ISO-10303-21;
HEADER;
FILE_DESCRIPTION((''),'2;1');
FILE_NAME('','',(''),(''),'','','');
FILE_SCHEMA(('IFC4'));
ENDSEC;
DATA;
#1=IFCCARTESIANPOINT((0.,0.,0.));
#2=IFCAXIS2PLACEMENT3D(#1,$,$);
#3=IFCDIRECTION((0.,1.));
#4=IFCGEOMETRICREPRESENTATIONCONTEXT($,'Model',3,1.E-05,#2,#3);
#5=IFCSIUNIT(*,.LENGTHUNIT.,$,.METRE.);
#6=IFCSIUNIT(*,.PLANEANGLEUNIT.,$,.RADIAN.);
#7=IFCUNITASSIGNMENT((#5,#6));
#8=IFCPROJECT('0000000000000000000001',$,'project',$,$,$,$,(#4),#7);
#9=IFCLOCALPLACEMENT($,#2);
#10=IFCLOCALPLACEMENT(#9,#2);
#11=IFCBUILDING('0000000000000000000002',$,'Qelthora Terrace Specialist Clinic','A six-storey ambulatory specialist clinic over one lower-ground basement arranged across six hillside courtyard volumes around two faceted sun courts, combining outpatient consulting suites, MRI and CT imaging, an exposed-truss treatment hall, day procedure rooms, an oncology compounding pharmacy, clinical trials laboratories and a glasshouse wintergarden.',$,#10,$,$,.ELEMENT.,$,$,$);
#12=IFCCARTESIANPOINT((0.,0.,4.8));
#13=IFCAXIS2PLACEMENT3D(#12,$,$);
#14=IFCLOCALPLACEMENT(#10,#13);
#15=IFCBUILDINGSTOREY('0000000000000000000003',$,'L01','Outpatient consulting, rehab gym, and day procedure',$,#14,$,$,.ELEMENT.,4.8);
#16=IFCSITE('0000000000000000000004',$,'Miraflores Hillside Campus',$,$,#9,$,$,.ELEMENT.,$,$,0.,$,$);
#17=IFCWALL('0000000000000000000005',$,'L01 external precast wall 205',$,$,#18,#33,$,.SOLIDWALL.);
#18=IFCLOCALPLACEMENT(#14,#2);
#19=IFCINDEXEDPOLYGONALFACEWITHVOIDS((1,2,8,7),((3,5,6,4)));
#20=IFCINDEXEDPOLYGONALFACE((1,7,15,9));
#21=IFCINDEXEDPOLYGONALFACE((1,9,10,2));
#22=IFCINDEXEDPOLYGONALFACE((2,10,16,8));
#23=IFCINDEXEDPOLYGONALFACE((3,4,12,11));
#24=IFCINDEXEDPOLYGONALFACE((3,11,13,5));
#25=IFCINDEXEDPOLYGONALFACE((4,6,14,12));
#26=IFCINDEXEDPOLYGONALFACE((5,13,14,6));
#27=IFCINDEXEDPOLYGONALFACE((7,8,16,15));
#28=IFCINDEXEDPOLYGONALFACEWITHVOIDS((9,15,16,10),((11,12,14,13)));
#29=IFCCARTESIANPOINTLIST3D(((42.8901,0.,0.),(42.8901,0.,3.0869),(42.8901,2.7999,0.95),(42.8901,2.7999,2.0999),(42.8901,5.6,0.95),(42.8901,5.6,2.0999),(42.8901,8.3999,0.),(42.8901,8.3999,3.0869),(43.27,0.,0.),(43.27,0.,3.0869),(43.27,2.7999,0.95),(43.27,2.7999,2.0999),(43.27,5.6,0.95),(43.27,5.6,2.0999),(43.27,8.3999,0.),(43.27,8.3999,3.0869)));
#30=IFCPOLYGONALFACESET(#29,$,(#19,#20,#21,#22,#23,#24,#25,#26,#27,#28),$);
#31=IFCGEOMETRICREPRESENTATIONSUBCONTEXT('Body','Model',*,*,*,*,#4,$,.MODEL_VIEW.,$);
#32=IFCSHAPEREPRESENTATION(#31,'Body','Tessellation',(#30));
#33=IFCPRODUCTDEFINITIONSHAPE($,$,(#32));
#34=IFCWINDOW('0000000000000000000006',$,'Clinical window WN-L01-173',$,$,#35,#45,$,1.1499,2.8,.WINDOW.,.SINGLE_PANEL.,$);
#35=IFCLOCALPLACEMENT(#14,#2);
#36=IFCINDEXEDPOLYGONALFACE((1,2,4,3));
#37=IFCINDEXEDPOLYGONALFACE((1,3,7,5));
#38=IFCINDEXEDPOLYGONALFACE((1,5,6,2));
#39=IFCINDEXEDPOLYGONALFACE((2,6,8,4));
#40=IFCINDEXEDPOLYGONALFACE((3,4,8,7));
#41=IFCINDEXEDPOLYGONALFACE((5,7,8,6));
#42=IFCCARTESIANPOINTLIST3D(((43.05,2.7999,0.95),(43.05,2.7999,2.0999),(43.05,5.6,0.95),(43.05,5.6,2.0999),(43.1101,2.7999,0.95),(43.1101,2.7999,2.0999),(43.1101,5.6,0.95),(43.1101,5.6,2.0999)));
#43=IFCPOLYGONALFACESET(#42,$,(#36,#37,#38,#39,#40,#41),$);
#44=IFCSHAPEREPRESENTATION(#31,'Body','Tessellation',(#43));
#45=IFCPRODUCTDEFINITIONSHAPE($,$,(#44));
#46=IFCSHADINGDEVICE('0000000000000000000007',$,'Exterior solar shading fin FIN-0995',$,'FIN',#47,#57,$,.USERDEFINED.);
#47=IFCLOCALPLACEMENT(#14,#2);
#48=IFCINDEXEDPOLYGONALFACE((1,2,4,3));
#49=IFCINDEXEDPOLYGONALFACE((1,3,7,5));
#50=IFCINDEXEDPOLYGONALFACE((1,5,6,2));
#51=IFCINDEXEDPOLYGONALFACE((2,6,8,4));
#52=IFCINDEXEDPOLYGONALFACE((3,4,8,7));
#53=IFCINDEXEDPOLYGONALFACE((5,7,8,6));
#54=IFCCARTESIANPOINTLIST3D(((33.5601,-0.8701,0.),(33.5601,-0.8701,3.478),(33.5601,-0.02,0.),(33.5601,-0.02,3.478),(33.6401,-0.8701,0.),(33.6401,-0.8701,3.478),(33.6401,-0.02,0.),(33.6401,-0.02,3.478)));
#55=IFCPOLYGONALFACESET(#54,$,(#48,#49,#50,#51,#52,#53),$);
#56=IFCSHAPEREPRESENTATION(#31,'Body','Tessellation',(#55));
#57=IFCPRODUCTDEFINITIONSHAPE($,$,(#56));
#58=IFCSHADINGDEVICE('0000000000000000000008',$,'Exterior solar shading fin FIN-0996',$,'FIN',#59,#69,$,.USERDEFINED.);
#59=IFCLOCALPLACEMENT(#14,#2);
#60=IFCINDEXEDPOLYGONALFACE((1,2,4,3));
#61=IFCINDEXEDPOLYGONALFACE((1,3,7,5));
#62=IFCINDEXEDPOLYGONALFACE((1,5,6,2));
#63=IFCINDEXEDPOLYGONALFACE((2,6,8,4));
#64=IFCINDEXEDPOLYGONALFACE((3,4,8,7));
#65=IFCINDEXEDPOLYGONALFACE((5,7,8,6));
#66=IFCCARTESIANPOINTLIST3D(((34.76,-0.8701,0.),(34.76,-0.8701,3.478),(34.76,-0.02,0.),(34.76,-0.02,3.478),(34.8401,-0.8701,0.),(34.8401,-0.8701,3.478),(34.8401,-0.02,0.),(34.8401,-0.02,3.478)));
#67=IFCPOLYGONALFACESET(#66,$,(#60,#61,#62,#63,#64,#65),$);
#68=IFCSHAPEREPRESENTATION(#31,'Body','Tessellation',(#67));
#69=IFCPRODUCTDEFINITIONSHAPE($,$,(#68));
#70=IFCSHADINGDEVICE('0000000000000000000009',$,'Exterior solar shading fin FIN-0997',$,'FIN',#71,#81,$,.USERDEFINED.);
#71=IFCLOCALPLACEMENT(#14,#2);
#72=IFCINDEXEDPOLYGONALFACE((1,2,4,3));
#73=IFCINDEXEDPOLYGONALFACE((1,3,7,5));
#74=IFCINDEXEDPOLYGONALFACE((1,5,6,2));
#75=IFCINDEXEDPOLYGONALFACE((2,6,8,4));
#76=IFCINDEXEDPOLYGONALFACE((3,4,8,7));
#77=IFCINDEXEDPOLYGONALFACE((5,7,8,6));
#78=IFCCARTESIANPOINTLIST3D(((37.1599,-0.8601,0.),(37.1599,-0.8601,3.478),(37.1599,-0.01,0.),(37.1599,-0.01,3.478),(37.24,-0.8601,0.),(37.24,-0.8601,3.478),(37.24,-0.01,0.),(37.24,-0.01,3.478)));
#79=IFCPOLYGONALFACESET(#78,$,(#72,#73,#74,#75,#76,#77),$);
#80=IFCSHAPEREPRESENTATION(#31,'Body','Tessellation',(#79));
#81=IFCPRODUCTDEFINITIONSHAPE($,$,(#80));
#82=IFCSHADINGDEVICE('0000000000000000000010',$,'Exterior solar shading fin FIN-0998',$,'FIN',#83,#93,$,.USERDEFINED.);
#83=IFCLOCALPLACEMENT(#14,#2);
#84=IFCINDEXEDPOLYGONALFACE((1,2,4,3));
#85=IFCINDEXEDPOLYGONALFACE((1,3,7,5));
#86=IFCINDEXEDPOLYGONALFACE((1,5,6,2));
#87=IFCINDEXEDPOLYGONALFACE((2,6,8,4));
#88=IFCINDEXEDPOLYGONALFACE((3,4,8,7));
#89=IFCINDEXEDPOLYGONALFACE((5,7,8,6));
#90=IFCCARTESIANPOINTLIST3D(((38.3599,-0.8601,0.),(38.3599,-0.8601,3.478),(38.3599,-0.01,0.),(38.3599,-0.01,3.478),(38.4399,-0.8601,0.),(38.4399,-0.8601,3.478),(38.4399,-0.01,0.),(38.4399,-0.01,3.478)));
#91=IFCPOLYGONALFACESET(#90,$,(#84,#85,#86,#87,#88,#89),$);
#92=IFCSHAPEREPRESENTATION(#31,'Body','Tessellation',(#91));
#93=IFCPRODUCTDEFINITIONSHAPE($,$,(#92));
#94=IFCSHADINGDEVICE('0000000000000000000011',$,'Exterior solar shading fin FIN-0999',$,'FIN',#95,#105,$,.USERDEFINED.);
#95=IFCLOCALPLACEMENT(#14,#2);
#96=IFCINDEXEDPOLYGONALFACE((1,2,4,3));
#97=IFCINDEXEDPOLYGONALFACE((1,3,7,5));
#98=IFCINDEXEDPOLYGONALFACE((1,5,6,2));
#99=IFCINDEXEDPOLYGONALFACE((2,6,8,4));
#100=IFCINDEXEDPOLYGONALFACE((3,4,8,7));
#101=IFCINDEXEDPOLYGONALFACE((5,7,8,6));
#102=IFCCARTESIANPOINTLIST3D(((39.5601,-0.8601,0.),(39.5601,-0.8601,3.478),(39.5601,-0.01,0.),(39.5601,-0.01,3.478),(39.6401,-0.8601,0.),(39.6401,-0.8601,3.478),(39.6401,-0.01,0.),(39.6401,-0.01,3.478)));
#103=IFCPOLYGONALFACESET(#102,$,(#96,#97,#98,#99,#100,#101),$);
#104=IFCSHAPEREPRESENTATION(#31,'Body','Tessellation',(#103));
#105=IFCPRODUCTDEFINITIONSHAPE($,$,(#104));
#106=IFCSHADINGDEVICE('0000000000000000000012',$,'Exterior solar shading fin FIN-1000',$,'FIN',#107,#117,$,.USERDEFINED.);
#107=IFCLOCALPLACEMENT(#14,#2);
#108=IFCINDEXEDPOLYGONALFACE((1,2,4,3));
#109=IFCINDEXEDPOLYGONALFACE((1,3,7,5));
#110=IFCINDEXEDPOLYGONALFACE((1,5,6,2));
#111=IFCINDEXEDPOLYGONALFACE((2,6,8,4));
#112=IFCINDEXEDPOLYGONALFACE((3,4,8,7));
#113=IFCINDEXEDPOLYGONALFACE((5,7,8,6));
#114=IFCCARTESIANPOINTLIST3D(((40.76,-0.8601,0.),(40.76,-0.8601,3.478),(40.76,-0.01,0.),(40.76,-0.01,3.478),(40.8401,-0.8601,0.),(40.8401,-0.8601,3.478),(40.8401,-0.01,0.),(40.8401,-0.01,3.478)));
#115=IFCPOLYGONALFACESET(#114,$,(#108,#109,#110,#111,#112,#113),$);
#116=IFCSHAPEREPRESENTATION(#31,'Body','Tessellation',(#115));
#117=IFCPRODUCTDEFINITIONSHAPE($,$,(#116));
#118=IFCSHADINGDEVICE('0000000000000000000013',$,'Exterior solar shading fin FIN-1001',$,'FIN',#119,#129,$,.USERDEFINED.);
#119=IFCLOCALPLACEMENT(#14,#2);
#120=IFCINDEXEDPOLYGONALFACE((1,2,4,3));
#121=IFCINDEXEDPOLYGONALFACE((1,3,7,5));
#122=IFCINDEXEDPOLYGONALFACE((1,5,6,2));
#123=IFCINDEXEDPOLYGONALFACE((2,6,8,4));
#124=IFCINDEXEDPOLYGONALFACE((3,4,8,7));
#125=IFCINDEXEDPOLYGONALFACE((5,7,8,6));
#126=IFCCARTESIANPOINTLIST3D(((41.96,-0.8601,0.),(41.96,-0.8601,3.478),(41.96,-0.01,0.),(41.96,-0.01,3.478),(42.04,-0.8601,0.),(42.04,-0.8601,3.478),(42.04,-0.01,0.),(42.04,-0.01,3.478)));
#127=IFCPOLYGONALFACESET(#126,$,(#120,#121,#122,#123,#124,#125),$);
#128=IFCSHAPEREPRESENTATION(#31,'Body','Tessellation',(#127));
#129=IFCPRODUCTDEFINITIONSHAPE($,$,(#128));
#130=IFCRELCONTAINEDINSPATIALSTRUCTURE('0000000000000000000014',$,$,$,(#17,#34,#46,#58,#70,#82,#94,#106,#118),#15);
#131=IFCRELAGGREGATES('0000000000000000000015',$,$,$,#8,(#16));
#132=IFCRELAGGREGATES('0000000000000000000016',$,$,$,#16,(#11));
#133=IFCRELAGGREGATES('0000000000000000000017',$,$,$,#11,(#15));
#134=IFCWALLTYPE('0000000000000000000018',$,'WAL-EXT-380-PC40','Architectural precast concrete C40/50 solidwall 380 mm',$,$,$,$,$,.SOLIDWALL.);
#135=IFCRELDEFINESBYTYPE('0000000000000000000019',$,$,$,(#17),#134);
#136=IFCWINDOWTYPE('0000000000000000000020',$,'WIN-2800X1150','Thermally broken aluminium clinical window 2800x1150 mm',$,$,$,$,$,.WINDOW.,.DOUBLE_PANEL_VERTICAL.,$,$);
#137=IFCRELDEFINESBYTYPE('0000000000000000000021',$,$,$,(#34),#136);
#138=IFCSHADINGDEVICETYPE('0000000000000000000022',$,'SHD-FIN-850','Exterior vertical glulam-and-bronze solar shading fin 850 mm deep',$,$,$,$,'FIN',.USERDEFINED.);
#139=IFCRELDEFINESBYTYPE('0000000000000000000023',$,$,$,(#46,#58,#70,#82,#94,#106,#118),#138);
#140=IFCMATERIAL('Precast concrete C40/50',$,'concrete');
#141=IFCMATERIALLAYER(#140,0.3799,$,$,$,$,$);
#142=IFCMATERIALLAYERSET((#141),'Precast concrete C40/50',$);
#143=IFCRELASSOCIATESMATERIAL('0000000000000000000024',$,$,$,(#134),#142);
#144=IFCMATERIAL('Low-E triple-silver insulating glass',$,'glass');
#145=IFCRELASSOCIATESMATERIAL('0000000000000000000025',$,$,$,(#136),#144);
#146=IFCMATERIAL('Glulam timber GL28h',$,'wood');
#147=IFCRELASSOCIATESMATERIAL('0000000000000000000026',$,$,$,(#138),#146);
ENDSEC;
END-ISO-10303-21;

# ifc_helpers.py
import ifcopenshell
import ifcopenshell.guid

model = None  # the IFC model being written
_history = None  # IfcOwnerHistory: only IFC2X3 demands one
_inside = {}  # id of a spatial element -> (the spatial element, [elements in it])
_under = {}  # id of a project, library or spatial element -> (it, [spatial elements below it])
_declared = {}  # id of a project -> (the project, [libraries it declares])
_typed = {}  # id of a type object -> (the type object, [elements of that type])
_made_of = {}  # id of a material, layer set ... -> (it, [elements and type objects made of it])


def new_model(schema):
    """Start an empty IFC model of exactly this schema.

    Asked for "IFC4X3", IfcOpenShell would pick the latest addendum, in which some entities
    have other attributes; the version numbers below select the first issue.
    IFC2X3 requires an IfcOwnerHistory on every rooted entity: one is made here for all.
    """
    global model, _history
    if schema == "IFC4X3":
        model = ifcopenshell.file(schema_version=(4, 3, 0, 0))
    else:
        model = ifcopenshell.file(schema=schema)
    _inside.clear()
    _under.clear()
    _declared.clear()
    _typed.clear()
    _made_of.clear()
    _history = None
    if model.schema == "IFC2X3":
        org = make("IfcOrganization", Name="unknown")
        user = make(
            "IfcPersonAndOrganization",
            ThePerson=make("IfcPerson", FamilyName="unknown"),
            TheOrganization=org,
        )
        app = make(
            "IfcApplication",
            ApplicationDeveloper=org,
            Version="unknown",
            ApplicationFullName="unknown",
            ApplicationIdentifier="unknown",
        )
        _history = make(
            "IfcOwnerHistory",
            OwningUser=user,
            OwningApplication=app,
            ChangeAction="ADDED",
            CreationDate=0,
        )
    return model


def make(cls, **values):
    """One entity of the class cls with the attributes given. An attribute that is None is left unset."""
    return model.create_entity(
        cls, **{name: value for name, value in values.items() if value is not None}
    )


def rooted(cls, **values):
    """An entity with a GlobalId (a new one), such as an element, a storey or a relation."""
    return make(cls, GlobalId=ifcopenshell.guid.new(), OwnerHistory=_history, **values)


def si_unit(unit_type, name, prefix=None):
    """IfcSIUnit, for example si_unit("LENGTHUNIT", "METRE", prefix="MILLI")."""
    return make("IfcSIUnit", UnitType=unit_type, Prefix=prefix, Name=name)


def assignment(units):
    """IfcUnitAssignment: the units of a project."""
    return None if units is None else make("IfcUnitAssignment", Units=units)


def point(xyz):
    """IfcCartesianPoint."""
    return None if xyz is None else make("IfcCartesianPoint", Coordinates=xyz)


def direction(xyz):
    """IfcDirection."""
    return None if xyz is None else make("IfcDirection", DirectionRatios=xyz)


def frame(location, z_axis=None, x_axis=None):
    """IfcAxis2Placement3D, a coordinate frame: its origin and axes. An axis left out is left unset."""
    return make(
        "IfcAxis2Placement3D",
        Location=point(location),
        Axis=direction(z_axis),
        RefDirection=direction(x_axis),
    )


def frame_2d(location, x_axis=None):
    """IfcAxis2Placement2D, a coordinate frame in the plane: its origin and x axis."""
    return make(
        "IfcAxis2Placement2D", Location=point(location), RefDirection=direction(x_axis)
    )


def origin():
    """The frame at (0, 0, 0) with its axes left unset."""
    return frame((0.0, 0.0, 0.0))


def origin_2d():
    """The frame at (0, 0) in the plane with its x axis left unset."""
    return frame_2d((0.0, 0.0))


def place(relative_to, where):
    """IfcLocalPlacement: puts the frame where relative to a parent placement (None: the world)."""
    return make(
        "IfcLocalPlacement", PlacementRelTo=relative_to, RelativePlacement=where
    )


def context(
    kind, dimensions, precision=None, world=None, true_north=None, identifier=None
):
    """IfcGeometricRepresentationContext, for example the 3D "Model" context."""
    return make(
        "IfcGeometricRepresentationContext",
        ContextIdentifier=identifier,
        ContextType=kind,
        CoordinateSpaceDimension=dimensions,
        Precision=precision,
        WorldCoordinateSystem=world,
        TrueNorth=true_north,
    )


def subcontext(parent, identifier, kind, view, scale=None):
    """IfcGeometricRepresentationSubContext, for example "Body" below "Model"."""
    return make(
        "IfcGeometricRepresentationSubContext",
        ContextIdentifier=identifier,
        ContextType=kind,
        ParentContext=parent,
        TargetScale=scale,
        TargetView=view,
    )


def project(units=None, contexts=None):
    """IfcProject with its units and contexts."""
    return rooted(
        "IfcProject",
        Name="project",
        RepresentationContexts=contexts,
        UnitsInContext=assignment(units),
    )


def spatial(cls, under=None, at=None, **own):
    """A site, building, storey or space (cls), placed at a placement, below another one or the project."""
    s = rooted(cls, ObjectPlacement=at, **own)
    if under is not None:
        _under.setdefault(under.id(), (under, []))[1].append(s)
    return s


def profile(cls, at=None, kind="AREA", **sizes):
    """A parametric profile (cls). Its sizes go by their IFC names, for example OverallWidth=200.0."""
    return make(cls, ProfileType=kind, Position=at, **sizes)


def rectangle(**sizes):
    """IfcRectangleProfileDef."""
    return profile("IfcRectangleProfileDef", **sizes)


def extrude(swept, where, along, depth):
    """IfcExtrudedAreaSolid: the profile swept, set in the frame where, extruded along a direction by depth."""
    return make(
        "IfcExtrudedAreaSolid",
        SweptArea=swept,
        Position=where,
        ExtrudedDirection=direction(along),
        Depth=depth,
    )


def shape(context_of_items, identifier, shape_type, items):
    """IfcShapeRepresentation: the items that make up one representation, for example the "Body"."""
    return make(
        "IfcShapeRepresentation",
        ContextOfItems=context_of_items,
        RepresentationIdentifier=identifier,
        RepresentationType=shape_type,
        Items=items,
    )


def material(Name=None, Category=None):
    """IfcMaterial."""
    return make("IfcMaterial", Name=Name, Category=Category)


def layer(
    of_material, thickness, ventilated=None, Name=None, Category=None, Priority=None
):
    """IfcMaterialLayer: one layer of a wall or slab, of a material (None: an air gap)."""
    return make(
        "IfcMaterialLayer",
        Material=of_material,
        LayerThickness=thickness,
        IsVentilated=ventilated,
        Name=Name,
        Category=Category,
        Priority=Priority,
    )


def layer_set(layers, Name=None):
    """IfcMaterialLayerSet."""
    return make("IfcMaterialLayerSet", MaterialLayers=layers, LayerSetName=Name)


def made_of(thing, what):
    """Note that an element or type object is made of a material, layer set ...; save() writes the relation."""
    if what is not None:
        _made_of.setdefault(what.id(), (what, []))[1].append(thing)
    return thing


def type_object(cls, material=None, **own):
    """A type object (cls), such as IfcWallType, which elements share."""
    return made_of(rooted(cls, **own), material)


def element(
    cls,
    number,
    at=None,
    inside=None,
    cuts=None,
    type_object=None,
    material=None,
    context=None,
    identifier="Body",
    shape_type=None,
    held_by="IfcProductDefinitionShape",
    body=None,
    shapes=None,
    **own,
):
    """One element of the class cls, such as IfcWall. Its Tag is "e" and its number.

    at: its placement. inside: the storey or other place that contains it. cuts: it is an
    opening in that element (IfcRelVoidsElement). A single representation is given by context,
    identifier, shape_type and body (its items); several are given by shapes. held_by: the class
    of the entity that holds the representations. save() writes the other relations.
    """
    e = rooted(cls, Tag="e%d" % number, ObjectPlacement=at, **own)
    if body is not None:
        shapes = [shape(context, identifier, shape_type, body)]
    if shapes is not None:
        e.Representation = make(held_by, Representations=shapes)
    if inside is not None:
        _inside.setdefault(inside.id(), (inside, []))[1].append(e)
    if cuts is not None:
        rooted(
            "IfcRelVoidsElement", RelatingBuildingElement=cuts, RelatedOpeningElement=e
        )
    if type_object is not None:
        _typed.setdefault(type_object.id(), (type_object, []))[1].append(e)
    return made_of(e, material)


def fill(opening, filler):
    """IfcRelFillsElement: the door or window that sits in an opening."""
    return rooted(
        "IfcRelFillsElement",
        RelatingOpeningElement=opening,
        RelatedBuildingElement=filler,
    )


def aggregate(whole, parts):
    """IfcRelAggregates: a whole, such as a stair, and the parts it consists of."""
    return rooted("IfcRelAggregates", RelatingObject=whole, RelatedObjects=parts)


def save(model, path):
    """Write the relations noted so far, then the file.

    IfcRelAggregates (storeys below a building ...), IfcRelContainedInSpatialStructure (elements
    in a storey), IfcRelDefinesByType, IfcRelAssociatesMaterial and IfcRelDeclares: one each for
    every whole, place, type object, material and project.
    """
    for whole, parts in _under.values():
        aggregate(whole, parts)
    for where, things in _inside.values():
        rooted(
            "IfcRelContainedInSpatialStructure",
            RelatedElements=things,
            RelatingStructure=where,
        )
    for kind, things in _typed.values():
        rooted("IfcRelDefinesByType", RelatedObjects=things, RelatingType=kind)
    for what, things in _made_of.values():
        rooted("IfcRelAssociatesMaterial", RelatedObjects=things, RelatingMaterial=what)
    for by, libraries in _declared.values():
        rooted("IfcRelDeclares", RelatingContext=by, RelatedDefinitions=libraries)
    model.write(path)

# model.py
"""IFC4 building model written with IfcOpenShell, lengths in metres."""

from ifc_helpers import new_model, si_unit, direction, frame, frame_2d, origin, origin_2d, place, context, subcontext, project, spatial, rectangle, extrude, material, layer, layer_set, type_object, element, fill, save


model = new_model("IFC4")

# Units and contexts
model_context = context("Model", 3, precision=1e-05, world=origin(), true_north=direction((0.0, 1.0)))
body_context = subcontext(model_context, "Body", "Model", "MODEL_VIEW")
ifc_project = project(units=[si_unit("LENGTHUNIT", "METRE"), si_unit("PLANEANGLEUNIT", "RADIAN")], contexts=[model_context])

# Site, building, storey
site_placement = place(None, origin())
site = spatial("IfcSite", under=ifc_project, at=site_placement, Name="Miraflores Hillside Campus", CompositionType="ELEMENT", RefElevation=0.0)
building_placement = place(site_placement, origin())
building = spatial("IfcBuilding", under=site, at=building_placement, Name="Qelthora Terrace Specialist Clinic", Description="A six-storey ambulatory specialist clinic over one lower-ground basement arranged across six hillside courtyard volumes around two faceted sun courts, combining outpatient consulting suites, MRI and CT imaging, an exposed-truss treatment hall, day procedure rooms, an oncology compounding pharmacy, clinical trials laboratories and a glasshouse wintergarden.", CompositionType="ELEMENT")
storey_placement = place(building_placement, frame((0.0, 0.0, 4.8)))
storey = spatial("IfcBuildingStorey", under=building, at=storey_placement, Name="L01", Description="Outpatient consulting, rehab gym, and day procedure", CompositionType="ELEMENT", Elevation=4.8)

# Wall, opening, window
ifc_material_1 = material(Name="Precast concrete C40/50", Category="concrete")
ifc_material_2 = material(Name="Low-E triple-silver insulating glass", Category="glass")
ifc_layer_1 = layer(ifc_material_1, 0.3799)
ifc_layer_set_1 = layer_set([ifc_layer_1], Name="Precast concrete C40/50")
wall_type_1 = type_object("IfcWallType", Name="WAL-EXT-380-PC40", Description="Architectural precast concrete C40/50 solidwall 380 mm", PredefinedType="SOLIDWALL", material=ifc_layer_set_1)
wall_1_placement = place(storey_placement, frame((43.0801, 0.0, 0.0), z_axis=(0.0, 0.0, 1.0), x_axis=(0.0, 1.0, 0.0)))
wall_1 = element("IfcWall", 1, at=wall_1_placement, inside=storey, type_object=wall_type_1, Name="L01 external precast wall 205", PredefinedType="SOLIDWALL", context=body_context, shape_type="SweptSolid", body=[
    extrude(rectangle(XDim=8.3999, YDim=0.3799, at=frame_2d((4.2, 0.0))), origin(), (0.0, 0.0, 1.0), 3.0869),
])
opening_1_placement = place(wall_1_placement, frame((2.8, 0.0, 0.95)))
opening_1 = element("IfcOpeningElement", 2, at=opening_1_placement, cuts=wall_1, PredefinedType="OPENING", context=body_context, shape_type="SweptSolid", body=[
    extrude(rectangle(XDim=2.8, YDim=1.1499, at=frame_2d((1.3999, 0.575))), frame((0.0, 0.2, 0.0), z_axis=(0.0, -1.0, 0.0), x_axis=(1.0, 0.0, 0.0)), (0.0, 0.0, 1.0), 0.3999),
])
window_type_1 = type_object("IfcWindowType", Name="WIN-2800X1150", Description="Thermally broken aluminium clinical window 2800x1150 mm", PartitioningType="DOUBLE_PANEL_VERTICAL", PredefinedType="WINDOW", material=ifc_material_2)
window_1_placement = place(opening_1_placement, origin())
window_1 = element("IfcWindow", 3, at=window_1_placement, inside=storey, type_object=window_type_1, Name="Clinical window WN-L01-173", OverallHeight=1.1499, OverallWidth=2.8, PartitioningType="SINGLE_PANEL", PredefinedType="WINDOW", context=body_context, shape_type="SweptSolid", body=[
    extrude(rectangle(XDim=2.8, YDim=1.1499, at=frame_2d((1.3999, 0.575))), frame((0.0, 0.03, 0.0), z_axis=(0.0, -1.0, 0.0), x_axis=(1.0, 0.0, 0.0)), (0.0, 0.0, 1.0), 0.0601),
])
fill(opening_1, window_1)

# Shading devices
ifc_material_3 = material(Name="Glulam timber GL28h", Category="wood")
shading_device_type = type_object("IfcShadingDeviceType", Name="SHD-FIN-850", Description="Exterior vertical glulam-and-bronze solar shading fin 850 mm deep", ElementType="FIN", PredefinedType="USERDEFINED", material=ifc_material_3)
for number, where, z_axis, x_axis, name in (
    (4, (33.6001, -0.4451, 0.0), (0.0, 0.0, 1.0), (0.0, -1.0, 0.0), "Exterior solar shading fin FIN-0995"),
    (5, (34.8, -0.4451, 0.0), (0.0, 0.0, 1.0), (0.0, -1.0, 0.0), "Exterior solar shading fin FIN-0996"),
    (6, (37.2, -0.4351, 0.0), (0.0, 0.0, 1.0), (0.0, -1.0, 0.0), "Exterior solar shading fin FIN-0997"),
    (7, (38.3999, -0.4351, 0.0), (0.0, 0.0, 1.0), (0.0, -1.0, 0.0), "Exterior solar shading fin FIN-0998"),
    (8, (39.6001, -0.4351, 0.0), (0.0, 0.0, 1.0), (0.0, -1.0, 0.0), "Exterior solar shading fin FIN-0999"),
    (9, (40.8, -0.4351, 0.0), (0.0, 0.0, 1.0), (0.0, -1.0, 0.0), "Exterior solar shading fin FIN-1000"),
    (10, (42.0, -0.4351, 0.0), (0.0, 0.0, 1.0), (0.0, -1.0, 0.0), "Exterior solar shading fin FIN-1001"),
):
    element("IfcShadingDevice", number, at=place(storey_placement, frame(where, z_axis=z_axis, x_axis=x_axis)), inside=storey, type_object=shading_device_type, Name=name, ObjectType="FIN", PredefinedType="USERDEFINED", context=body_context, shape_type="SweptSolid", body=[
        extrude(rectangle(XDim=0.8501, YDim=0.0801, at=origin_2d()), origin(), (0.0, 0.0, 1.0), 3.478),
    ])

save(model, "model.ifc")
